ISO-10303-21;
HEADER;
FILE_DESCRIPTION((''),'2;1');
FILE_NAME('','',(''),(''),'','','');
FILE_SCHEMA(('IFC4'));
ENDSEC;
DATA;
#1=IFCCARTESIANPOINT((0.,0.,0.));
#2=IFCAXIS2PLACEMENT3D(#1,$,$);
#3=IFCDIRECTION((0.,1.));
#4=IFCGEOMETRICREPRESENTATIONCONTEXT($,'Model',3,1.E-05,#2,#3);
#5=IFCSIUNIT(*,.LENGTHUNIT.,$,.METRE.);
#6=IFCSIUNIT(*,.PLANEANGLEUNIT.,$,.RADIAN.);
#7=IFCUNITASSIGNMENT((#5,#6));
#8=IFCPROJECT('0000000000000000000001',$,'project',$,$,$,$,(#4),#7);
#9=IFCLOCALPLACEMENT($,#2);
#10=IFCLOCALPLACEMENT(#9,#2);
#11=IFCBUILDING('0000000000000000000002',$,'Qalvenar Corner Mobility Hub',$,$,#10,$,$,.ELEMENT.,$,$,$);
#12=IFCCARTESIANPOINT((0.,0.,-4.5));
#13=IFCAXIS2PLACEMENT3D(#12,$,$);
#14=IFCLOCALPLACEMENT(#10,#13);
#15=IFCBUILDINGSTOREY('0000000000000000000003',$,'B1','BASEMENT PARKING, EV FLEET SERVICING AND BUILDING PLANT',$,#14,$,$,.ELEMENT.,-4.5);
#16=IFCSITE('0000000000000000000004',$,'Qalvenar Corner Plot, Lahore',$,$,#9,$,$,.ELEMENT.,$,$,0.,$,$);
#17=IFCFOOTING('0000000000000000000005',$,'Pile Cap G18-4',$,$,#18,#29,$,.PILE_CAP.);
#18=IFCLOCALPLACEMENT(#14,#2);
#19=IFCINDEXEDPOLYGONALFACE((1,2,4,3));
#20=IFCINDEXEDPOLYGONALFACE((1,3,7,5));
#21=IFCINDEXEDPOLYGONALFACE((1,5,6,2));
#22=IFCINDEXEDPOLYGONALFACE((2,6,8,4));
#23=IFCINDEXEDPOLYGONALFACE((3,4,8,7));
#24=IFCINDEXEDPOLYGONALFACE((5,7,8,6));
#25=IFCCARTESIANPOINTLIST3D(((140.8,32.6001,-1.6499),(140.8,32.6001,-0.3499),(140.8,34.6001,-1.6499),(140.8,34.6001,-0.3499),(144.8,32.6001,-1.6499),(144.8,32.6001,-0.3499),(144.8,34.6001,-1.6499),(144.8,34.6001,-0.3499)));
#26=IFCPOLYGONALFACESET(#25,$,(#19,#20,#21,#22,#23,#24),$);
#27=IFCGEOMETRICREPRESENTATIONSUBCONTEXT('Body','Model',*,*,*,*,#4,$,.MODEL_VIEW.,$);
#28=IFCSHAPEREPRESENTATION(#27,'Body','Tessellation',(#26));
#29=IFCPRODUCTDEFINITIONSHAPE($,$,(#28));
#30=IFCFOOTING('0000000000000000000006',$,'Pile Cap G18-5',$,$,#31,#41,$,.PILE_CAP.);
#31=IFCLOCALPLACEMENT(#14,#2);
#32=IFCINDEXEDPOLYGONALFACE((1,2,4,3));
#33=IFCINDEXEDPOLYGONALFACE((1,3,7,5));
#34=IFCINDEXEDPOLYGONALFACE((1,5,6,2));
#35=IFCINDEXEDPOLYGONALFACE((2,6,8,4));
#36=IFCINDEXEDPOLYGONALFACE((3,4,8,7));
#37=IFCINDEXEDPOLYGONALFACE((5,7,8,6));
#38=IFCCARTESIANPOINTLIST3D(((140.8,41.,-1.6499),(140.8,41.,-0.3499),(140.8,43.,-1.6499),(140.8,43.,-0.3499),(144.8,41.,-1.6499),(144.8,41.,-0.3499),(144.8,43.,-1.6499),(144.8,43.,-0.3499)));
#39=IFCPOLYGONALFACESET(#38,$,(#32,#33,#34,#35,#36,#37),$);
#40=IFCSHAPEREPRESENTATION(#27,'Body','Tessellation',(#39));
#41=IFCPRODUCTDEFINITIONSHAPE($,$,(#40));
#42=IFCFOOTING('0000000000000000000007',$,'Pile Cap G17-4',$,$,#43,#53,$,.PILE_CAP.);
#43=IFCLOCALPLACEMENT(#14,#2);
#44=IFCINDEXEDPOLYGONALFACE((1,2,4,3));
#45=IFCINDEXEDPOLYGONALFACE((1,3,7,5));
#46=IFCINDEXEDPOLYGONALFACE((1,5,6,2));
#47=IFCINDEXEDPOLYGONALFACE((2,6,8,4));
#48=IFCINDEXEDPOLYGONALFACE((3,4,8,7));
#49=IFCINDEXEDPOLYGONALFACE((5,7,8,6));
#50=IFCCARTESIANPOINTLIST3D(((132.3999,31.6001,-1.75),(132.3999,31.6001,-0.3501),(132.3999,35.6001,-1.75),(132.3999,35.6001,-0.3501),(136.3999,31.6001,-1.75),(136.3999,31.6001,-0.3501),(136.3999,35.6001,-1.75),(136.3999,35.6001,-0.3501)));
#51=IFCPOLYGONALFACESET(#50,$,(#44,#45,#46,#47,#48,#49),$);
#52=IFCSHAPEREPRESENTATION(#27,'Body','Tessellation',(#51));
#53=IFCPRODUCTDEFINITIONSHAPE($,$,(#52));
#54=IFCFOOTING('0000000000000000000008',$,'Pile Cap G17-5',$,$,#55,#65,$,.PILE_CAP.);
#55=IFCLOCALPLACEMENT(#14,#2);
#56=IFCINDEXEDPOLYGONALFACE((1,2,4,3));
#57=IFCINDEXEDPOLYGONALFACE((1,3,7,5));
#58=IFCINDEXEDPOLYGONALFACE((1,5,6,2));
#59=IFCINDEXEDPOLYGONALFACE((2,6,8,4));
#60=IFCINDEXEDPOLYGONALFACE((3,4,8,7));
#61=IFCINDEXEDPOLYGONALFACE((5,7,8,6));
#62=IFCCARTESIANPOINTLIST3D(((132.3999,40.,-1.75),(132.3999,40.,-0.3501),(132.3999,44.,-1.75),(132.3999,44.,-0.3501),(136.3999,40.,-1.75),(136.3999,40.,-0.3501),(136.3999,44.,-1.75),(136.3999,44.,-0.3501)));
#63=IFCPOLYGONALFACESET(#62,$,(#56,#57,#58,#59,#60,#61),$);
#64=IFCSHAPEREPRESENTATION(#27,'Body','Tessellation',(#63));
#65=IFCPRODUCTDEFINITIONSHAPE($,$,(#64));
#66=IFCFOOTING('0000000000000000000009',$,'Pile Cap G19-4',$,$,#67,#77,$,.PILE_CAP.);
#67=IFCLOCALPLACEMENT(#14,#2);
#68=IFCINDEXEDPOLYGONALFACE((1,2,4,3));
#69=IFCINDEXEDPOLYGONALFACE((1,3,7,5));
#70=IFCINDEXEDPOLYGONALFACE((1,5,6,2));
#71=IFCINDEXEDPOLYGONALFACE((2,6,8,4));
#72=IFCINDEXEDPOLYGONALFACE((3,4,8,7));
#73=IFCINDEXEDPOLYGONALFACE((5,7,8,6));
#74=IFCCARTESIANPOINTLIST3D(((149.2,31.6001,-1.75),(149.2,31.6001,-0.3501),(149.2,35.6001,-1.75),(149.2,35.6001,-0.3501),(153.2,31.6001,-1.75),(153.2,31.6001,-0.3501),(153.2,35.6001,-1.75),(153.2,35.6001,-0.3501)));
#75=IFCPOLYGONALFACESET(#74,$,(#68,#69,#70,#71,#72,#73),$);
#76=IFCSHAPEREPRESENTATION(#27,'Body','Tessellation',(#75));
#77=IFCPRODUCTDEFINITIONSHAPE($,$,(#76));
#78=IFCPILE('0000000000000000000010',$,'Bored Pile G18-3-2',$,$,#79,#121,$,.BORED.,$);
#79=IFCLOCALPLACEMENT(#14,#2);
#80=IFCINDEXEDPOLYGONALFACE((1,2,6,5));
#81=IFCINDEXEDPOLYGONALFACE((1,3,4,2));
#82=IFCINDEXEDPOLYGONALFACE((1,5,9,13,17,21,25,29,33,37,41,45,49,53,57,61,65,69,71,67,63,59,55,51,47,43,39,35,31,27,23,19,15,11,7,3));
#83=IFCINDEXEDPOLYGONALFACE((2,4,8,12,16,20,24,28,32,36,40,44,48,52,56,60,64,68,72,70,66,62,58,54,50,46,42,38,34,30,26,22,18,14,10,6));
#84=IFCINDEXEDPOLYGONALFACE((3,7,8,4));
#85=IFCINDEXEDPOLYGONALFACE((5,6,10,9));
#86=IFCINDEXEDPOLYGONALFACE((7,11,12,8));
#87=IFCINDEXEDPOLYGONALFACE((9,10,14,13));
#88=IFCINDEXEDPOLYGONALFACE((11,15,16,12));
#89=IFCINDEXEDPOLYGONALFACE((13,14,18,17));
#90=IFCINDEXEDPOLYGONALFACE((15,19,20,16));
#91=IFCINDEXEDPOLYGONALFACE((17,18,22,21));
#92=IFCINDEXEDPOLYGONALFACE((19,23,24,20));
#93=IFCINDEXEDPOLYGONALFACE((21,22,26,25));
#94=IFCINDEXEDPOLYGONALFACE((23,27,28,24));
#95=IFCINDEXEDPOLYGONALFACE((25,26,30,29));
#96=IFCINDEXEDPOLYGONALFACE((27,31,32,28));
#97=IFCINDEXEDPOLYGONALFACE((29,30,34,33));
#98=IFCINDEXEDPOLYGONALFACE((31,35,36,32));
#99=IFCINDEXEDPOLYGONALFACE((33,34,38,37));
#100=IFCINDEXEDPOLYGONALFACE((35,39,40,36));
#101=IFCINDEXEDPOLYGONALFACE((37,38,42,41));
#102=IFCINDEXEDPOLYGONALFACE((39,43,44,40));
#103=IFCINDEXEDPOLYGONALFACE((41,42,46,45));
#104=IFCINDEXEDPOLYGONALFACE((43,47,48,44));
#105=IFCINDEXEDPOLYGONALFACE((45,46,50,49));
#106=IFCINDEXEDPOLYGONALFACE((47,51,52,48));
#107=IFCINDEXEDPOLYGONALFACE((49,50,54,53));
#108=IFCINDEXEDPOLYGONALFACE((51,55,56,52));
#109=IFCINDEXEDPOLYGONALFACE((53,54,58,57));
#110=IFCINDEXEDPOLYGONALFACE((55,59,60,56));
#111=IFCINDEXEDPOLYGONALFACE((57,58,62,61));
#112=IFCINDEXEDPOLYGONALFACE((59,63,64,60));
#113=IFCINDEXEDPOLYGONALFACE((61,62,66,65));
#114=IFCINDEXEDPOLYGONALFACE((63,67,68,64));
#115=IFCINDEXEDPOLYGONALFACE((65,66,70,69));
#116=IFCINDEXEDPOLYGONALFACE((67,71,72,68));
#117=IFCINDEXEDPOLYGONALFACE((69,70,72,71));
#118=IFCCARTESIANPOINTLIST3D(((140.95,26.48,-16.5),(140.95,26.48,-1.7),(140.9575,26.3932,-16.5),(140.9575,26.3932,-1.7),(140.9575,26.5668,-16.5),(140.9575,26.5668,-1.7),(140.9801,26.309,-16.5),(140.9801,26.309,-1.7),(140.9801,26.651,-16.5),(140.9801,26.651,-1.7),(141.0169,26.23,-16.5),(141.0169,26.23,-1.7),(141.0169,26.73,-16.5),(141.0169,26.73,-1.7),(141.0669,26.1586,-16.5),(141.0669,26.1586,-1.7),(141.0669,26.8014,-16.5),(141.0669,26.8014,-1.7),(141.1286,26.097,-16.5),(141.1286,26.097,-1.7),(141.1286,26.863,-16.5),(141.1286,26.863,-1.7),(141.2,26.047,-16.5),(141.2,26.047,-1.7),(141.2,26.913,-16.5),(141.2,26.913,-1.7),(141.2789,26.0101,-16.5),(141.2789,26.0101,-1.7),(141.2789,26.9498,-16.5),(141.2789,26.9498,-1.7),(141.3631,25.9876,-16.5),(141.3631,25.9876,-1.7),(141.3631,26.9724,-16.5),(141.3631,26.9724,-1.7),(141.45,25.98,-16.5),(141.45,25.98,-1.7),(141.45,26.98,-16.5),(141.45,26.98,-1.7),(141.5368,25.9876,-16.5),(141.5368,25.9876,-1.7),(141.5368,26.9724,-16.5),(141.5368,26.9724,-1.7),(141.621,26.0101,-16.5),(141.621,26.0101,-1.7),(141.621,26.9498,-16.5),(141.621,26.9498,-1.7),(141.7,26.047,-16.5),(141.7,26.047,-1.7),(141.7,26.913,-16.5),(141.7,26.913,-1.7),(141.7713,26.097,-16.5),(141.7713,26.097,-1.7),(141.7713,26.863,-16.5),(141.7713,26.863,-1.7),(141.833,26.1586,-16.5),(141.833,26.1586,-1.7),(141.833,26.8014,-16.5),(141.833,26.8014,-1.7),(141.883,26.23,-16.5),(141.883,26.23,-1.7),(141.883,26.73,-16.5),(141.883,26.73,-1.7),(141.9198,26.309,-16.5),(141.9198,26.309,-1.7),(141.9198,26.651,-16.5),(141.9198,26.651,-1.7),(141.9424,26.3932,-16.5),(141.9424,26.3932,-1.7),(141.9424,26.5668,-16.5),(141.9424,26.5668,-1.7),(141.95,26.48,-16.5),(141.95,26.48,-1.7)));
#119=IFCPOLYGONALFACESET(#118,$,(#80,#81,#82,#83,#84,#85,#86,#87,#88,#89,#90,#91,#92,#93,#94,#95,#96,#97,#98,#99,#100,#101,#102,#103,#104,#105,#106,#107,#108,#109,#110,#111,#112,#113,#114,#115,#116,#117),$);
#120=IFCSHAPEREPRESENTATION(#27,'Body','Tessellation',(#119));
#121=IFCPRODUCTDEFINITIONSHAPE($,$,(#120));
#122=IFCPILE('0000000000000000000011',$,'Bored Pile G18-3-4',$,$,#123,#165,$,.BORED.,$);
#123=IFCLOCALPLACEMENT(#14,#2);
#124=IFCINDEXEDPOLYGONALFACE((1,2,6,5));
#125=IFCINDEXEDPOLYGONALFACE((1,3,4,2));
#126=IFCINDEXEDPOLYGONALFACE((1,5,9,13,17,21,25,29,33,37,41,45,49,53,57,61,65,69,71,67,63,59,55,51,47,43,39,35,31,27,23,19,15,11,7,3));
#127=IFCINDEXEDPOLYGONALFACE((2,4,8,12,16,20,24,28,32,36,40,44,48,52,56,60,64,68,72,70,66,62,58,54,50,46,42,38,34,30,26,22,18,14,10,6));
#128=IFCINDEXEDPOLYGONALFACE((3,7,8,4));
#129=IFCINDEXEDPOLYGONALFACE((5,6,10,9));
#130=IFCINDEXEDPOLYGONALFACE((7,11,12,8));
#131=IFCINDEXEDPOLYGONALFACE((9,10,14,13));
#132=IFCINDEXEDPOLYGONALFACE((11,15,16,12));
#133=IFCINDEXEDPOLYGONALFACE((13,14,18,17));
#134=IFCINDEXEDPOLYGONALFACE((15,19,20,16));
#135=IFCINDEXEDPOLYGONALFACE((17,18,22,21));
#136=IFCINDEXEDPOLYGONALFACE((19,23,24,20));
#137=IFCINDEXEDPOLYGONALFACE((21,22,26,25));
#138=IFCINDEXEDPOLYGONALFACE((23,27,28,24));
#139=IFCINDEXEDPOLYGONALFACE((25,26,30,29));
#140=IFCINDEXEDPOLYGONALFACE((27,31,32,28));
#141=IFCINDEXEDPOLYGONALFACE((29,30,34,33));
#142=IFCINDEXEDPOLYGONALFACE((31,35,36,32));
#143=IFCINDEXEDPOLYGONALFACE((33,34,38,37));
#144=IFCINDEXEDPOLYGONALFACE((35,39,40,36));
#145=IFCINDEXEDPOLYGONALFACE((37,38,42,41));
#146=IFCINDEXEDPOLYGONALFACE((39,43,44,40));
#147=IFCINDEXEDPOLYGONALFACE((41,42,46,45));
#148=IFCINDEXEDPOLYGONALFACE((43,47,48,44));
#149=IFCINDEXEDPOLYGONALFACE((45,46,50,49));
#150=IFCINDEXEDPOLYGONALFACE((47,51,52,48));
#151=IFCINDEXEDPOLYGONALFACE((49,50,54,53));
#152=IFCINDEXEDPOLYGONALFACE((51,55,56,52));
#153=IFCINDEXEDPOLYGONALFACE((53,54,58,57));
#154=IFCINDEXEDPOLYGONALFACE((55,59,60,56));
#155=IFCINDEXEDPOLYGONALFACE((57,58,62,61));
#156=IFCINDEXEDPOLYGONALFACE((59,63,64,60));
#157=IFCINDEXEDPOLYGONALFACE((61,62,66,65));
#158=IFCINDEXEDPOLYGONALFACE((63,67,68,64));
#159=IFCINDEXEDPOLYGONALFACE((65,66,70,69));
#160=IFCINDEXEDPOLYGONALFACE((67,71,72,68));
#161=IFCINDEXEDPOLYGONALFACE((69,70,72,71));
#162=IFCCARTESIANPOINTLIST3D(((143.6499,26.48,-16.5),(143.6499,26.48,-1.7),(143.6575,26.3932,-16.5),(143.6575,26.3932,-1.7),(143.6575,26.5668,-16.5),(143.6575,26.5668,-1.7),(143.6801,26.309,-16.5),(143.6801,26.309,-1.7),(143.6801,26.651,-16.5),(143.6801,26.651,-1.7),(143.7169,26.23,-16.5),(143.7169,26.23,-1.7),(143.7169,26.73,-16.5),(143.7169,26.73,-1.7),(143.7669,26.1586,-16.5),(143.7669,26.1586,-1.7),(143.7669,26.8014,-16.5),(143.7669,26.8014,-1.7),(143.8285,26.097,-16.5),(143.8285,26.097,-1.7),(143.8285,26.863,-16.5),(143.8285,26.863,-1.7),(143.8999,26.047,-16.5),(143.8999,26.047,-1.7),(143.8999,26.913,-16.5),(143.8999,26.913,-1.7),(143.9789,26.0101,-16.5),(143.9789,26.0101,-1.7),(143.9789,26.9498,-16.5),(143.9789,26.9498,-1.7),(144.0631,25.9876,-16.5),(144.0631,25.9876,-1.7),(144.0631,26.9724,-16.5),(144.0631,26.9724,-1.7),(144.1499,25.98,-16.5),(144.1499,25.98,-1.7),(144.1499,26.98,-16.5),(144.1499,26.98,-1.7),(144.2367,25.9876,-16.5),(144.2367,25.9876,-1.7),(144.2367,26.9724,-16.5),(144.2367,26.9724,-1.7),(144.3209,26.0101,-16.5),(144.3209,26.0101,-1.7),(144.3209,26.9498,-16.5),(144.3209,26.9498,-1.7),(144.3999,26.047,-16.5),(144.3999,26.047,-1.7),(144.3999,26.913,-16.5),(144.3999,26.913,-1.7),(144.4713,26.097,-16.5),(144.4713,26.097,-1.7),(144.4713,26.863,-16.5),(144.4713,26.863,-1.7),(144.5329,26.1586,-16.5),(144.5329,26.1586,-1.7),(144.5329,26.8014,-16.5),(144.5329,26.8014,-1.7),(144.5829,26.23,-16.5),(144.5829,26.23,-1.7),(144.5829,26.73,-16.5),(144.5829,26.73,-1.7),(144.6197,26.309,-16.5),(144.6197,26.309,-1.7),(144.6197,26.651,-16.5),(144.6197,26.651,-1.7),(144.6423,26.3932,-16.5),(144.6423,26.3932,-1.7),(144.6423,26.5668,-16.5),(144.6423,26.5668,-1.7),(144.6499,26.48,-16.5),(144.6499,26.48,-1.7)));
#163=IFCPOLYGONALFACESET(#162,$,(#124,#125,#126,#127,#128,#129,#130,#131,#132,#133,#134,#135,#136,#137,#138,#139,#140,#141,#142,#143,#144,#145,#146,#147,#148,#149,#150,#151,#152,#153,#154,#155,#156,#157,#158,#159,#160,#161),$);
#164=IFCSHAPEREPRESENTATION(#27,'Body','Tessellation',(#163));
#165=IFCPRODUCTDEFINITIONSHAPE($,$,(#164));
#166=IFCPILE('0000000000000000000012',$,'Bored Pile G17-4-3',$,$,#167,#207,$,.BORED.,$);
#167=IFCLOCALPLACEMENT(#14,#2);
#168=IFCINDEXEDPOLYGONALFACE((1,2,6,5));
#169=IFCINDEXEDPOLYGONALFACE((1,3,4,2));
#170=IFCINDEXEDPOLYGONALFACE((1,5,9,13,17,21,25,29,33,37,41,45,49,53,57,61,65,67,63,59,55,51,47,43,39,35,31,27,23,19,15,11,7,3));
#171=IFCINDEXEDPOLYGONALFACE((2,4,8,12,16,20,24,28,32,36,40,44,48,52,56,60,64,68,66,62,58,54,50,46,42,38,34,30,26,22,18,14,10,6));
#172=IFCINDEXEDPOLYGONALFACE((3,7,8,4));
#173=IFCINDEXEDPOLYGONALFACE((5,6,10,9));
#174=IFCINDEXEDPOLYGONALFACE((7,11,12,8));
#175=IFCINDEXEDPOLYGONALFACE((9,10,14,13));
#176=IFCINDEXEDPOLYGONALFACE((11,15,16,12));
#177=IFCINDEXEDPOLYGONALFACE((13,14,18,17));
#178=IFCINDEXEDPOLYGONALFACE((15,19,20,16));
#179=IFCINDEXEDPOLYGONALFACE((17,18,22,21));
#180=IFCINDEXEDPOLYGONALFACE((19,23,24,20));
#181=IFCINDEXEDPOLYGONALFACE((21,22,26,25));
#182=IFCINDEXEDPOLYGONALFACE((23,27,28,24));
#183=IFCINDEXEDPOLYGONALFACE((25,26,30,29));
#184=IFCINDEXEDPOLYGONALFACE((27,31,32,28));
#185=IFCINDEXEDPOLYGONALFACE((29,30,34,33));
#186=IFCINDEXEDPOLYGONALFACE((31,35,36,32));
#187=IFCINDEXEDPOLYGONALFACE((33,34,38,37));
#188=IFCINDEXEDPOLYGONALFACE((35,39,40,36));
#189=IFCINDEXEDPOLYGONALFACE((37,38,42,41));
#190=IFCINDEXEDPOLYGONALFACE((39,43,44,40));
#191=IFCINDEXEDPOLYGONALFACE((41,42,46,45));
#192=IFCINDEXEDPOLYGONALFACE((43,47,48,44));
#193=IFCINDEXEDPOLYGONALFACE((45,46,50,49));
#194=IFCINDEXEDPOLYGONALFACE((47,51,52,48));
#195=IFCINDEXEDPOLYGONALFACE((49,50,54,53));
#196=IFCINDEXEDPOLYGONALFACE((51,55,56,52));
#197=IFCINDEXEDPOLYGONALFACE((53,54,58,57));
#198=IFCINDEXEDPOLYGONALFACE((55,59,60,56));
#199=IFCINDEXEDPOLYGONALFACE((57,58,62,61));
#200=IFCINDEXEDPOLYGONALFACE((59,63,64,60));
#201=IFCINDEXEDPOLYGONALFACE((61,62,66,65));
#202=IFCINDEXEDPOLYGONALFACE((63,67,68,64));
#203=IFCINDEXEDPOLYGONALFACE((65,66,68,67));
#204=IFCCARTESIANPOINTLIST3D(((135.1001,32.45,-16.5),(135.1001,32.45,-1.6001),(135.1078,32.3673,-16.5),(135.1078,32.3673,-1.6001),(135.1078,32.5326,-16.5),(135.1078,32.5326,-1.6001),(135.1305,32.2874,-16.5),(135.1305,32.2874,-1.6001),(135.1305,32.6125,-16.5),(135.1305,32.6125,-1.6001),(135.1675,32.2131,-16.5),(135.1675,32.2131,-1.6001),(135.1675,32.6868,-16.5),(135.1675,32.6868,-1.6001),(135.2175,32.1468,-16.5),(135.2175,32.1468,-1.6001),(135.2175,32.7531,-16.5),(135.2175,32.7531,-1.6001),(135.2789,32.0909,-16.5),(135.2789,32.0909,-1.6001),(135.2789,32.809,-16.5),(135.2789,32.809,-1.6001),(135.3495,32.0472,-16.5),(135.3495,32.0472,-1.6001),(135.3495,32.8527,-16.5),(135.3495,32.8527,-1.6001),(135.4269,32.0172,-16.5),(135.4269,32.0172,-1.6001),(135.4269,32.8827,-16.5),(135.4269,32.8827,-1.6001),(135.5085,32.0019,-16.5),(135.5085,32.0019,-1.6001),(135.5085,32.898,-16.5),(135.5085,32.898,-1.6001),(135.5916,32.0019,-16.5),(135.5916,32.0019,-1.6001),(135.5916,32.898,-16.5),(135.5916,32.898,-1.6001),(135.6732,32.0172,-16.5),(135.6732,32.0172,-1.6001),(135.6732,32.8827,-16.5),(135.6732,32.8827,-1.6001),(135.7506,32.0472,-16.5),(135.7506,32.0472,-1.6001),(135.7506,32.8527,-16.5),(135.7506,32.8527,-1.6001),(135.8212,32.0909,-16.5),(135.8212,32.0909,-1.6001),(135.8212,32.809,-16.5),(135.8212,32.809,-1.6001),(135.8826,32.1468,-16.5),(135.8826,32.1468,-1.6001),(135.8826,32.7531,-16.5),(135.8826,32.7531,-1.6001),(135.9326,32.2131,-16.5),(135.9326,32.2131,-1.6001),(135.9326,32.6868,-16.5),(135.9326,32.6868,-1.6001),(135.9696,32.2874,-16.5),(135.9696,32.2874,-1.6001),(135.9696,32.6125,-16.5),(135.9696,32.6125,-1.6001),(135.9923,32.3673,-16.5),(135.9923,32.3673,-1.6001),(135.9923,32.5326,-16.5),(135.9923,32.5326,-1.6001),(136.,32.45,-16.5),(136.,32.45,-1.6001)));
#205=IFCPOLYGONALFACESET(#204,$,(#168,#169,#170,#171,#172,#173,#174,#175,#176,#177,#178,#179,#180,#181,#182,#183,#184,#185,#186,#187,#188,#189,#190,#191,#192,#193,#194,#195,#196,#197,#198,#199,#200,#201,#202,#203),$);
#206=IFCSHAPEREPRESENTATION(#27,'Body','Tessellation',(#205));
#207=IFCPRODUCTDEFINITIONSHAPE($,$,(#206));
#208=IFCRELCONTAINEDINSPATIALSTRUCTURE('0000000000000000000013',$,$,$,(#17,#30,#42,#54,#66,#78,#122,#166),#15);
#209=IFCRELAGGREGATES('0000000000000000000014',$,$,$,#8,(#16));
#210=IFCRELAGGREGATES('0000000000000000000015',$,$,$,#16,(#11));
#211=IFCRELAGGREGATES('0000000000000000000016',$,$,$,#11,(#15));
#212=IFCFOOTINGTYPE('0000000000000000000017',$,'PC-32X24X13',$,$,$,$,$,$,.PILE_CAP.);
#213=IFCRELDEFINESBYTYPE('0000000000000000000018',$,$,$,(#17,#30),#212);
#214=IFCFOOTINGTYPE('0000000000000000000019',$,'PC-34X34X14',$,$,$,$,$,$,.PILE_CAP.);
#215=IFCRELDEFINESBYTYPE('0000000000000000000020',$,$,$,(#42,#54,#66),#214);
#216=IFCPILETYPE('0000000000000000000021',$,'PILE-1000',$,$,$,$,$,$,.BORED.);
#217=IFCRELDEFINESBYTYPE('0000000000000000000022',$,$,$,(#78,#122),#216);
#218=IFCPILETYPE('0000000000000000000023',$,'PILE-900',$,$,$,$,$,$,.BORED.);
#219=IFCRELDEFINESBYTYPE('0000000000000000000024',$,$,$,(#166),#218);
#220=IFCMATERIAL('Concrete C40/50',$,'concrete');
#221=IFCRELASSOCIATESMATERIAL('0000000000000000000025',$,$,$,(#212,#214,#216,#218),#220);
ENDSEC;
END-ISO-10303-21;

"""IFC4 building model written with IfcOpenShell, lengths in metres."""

from ifc_helpers import new_model, si_unit, direction, frame, origin, origin_2d, place, context, subcontext, project, spatial, rectangle, circle, extrude, material, material_profile, profile_set, type_object, element, save


model = new_model("IFC4")

# Units and contexts
model_context = context("Model", 3, precision=1e-05, world=origin(), true_north=direction((0.0, 1.0)))
body_context = subcontext(model_context, "Body", "Model", "MODEL_VIEW")
ifc_project = project(units=[si_unit("LENGTHUNIT", "METRE"), si_unit("PLANEANGLEUNIT", "RADIAN")], contexts=[model_context])

# Site, building, storey
site_placement = place(None, origin())
site = spatial("IfcSite", under=ifc_project, at=site_placement, Name="Qalvenar Corner Plot, Lahore", CompositionType="ELEMENT", RefElevation=0.0)
building_placement = place(site_placement, origin())
building = spatial("IfcBuilding", under=site, at=building_placement, Name="Qalvenar Corner Mobility Hub", CompositionType="ELEMENT")
storey_placement = place(building_placement, frame((0.0, 0.0, -4.5)))
storey = spatial("IfcBuildingStorey", under=building, at=storey_placement, Name="B1", Description="BASEMENT PARKING, EV FLEET SERVICING AND BUILDING PLANT", CompositionType="ELEMENT", Elevation=-4.5)

# Footings
ifc_material_1 = material(Name="Concrete C40/50", Category="concrete")
footing_type_1 = type_object("IfcFootingType", Name="PC-32X24X13", PredefinedType="PILE_CAP", material=ifc_material_1)
for number, where, z_axis, x_axis, name in (
    (1, (142.8, 33.6001, -1.6499), (0.0, 0.0, 1.0), (1.0, 0.0, 0.0), "Pile Cap G18-4"),
    (2, (142.8, 42.0, -1.6499), (0.0, 0.0, 1.0), (1.0, 0.0, 0.0), "Pile Cap G18-5"),
):
    element("IfcFooting", number, at=place(storey_placement, frame(where, z_axis=z_axis, x_axis=x_axis)), inside=storey, type_object=footing_type_1, Name=name, PredefinedType="PILE_CAP", context=body_context, shape_type="SweptSolid", body=[
        extrude(rectangle(XDim=4.0, YDim=2.0, at=origin_2d()), origin(), (0.0, 0.0, 1.0), 1.3),
    ])
footing_type_2 = type_object("IfcFootingType", Name="PC-34X34X14", PredefinedType="PILE_CAP", material=ifc_material_1)
for number, where, z_axis, x_axis, name in (
    (3, (134.3999, 33.6001, -1.75), (0.0, 0.0, 1.0), (1.0, 0.0, 0.0), "Pile Cap G17-4"),
    (4, (134.3999, 42.0, -1.75), (0.0, 0.0, 1.0), (1.0, 0.0, 0.0), "Pile Cap G17-5"),
    (5, (151.2, 33.6001, -1.75), (0.0, 0.0, 1.0), (1.0, 0.0, 0.0), "Pile Cap G19-4"),
):
    element("IfcFooting", number, at=place(storey_placement, frame(where, z_axis=z_axis, x_axis=x_axis)), inside=storey, type_object=footing_type_2, Name=name, PredefinedType="PILE_CAP", context=body_context, shape_type="SweptSolid", body=[
        extrude(rectangle(XDim=4.0, YDim=4.0, at=origin_2d()), origin(), (0.0, 0.0, 1.0), 1.3999),
    ])

# Piles
ifc_material_profile_1 = material_profile(ifc_material_1, circle(Radius=0.5, at=origin_2d()), Name="DIA1000")
ifc_profile_set_1 = profile_set([ifc_material_profile_1], Name="Concrete C40/50")
pile_type_1 = type_object("IfcPileType", Name="PILE-1000", PredefinedType="BORED", material=ifc_profile_set_1)
for number, where, z_axis, x_axis, name in (
    (6, (141.45, 26.48, -1.7), (0.0, 0.0, -1.0), (1.0, 0.0, 0.0), "Bored Pile G18-3-2"),
    (7, (144.1499, 26.48, -1.7), (0.0, 0.0, -1.0), (1.0, 0.0, 0.0), "Bored Pile G18-3-4"),
):
    element("IfcPile", number, at=place(storey_placement, frame(where, z_axis=z_axis, x_axis=x_axis)), inside=storey, type_object=pile_type_1, Name=name, PredefinedType="BORED", context=body_context, shape_type="SweptSolid", body=[
        extrude(circle(Radius=0.5, at=origin_2d()), origin(), (0.0, 0.0, 1.0), 14.8),
    ])
ifc_material_profile_2 = material_profile(ifc_material_1, circle(Radius=0.45, at=origin_2d()), Name="DIA900")
ifc_profile_set_2 = profile_set([ifc_material_profile_2], Name="Concrete C40/50")
pile_type_2 = type_object("IfcPileType", Name="PILE-900", PredefinedType="BORED", material=ifc_profile_set_2)
for number, where, z_axis, x_axis, name in (
    (8, (135.55, 32.45, -1.6001), (0.0, 0.0, -1.0), (1.0, 0.0, 0.0), "Bored Pile G17-4-3"),
):
    element("IfcPile", number, at=place(storey_placement, frame(where, z_axis=z_axis, x_axis=x_axis)), inside=storey, type_object=pile_type_2, Name=name, PredefinedType="BORED", context=body_context, shape_type="SweptSolid", body=[
        extrude(circle(Radius=0.45, at=origin_2d()), origin(), (0.0, 0.0, 1.0), 14.8999),
    ])

save(model, "model.ifc")
